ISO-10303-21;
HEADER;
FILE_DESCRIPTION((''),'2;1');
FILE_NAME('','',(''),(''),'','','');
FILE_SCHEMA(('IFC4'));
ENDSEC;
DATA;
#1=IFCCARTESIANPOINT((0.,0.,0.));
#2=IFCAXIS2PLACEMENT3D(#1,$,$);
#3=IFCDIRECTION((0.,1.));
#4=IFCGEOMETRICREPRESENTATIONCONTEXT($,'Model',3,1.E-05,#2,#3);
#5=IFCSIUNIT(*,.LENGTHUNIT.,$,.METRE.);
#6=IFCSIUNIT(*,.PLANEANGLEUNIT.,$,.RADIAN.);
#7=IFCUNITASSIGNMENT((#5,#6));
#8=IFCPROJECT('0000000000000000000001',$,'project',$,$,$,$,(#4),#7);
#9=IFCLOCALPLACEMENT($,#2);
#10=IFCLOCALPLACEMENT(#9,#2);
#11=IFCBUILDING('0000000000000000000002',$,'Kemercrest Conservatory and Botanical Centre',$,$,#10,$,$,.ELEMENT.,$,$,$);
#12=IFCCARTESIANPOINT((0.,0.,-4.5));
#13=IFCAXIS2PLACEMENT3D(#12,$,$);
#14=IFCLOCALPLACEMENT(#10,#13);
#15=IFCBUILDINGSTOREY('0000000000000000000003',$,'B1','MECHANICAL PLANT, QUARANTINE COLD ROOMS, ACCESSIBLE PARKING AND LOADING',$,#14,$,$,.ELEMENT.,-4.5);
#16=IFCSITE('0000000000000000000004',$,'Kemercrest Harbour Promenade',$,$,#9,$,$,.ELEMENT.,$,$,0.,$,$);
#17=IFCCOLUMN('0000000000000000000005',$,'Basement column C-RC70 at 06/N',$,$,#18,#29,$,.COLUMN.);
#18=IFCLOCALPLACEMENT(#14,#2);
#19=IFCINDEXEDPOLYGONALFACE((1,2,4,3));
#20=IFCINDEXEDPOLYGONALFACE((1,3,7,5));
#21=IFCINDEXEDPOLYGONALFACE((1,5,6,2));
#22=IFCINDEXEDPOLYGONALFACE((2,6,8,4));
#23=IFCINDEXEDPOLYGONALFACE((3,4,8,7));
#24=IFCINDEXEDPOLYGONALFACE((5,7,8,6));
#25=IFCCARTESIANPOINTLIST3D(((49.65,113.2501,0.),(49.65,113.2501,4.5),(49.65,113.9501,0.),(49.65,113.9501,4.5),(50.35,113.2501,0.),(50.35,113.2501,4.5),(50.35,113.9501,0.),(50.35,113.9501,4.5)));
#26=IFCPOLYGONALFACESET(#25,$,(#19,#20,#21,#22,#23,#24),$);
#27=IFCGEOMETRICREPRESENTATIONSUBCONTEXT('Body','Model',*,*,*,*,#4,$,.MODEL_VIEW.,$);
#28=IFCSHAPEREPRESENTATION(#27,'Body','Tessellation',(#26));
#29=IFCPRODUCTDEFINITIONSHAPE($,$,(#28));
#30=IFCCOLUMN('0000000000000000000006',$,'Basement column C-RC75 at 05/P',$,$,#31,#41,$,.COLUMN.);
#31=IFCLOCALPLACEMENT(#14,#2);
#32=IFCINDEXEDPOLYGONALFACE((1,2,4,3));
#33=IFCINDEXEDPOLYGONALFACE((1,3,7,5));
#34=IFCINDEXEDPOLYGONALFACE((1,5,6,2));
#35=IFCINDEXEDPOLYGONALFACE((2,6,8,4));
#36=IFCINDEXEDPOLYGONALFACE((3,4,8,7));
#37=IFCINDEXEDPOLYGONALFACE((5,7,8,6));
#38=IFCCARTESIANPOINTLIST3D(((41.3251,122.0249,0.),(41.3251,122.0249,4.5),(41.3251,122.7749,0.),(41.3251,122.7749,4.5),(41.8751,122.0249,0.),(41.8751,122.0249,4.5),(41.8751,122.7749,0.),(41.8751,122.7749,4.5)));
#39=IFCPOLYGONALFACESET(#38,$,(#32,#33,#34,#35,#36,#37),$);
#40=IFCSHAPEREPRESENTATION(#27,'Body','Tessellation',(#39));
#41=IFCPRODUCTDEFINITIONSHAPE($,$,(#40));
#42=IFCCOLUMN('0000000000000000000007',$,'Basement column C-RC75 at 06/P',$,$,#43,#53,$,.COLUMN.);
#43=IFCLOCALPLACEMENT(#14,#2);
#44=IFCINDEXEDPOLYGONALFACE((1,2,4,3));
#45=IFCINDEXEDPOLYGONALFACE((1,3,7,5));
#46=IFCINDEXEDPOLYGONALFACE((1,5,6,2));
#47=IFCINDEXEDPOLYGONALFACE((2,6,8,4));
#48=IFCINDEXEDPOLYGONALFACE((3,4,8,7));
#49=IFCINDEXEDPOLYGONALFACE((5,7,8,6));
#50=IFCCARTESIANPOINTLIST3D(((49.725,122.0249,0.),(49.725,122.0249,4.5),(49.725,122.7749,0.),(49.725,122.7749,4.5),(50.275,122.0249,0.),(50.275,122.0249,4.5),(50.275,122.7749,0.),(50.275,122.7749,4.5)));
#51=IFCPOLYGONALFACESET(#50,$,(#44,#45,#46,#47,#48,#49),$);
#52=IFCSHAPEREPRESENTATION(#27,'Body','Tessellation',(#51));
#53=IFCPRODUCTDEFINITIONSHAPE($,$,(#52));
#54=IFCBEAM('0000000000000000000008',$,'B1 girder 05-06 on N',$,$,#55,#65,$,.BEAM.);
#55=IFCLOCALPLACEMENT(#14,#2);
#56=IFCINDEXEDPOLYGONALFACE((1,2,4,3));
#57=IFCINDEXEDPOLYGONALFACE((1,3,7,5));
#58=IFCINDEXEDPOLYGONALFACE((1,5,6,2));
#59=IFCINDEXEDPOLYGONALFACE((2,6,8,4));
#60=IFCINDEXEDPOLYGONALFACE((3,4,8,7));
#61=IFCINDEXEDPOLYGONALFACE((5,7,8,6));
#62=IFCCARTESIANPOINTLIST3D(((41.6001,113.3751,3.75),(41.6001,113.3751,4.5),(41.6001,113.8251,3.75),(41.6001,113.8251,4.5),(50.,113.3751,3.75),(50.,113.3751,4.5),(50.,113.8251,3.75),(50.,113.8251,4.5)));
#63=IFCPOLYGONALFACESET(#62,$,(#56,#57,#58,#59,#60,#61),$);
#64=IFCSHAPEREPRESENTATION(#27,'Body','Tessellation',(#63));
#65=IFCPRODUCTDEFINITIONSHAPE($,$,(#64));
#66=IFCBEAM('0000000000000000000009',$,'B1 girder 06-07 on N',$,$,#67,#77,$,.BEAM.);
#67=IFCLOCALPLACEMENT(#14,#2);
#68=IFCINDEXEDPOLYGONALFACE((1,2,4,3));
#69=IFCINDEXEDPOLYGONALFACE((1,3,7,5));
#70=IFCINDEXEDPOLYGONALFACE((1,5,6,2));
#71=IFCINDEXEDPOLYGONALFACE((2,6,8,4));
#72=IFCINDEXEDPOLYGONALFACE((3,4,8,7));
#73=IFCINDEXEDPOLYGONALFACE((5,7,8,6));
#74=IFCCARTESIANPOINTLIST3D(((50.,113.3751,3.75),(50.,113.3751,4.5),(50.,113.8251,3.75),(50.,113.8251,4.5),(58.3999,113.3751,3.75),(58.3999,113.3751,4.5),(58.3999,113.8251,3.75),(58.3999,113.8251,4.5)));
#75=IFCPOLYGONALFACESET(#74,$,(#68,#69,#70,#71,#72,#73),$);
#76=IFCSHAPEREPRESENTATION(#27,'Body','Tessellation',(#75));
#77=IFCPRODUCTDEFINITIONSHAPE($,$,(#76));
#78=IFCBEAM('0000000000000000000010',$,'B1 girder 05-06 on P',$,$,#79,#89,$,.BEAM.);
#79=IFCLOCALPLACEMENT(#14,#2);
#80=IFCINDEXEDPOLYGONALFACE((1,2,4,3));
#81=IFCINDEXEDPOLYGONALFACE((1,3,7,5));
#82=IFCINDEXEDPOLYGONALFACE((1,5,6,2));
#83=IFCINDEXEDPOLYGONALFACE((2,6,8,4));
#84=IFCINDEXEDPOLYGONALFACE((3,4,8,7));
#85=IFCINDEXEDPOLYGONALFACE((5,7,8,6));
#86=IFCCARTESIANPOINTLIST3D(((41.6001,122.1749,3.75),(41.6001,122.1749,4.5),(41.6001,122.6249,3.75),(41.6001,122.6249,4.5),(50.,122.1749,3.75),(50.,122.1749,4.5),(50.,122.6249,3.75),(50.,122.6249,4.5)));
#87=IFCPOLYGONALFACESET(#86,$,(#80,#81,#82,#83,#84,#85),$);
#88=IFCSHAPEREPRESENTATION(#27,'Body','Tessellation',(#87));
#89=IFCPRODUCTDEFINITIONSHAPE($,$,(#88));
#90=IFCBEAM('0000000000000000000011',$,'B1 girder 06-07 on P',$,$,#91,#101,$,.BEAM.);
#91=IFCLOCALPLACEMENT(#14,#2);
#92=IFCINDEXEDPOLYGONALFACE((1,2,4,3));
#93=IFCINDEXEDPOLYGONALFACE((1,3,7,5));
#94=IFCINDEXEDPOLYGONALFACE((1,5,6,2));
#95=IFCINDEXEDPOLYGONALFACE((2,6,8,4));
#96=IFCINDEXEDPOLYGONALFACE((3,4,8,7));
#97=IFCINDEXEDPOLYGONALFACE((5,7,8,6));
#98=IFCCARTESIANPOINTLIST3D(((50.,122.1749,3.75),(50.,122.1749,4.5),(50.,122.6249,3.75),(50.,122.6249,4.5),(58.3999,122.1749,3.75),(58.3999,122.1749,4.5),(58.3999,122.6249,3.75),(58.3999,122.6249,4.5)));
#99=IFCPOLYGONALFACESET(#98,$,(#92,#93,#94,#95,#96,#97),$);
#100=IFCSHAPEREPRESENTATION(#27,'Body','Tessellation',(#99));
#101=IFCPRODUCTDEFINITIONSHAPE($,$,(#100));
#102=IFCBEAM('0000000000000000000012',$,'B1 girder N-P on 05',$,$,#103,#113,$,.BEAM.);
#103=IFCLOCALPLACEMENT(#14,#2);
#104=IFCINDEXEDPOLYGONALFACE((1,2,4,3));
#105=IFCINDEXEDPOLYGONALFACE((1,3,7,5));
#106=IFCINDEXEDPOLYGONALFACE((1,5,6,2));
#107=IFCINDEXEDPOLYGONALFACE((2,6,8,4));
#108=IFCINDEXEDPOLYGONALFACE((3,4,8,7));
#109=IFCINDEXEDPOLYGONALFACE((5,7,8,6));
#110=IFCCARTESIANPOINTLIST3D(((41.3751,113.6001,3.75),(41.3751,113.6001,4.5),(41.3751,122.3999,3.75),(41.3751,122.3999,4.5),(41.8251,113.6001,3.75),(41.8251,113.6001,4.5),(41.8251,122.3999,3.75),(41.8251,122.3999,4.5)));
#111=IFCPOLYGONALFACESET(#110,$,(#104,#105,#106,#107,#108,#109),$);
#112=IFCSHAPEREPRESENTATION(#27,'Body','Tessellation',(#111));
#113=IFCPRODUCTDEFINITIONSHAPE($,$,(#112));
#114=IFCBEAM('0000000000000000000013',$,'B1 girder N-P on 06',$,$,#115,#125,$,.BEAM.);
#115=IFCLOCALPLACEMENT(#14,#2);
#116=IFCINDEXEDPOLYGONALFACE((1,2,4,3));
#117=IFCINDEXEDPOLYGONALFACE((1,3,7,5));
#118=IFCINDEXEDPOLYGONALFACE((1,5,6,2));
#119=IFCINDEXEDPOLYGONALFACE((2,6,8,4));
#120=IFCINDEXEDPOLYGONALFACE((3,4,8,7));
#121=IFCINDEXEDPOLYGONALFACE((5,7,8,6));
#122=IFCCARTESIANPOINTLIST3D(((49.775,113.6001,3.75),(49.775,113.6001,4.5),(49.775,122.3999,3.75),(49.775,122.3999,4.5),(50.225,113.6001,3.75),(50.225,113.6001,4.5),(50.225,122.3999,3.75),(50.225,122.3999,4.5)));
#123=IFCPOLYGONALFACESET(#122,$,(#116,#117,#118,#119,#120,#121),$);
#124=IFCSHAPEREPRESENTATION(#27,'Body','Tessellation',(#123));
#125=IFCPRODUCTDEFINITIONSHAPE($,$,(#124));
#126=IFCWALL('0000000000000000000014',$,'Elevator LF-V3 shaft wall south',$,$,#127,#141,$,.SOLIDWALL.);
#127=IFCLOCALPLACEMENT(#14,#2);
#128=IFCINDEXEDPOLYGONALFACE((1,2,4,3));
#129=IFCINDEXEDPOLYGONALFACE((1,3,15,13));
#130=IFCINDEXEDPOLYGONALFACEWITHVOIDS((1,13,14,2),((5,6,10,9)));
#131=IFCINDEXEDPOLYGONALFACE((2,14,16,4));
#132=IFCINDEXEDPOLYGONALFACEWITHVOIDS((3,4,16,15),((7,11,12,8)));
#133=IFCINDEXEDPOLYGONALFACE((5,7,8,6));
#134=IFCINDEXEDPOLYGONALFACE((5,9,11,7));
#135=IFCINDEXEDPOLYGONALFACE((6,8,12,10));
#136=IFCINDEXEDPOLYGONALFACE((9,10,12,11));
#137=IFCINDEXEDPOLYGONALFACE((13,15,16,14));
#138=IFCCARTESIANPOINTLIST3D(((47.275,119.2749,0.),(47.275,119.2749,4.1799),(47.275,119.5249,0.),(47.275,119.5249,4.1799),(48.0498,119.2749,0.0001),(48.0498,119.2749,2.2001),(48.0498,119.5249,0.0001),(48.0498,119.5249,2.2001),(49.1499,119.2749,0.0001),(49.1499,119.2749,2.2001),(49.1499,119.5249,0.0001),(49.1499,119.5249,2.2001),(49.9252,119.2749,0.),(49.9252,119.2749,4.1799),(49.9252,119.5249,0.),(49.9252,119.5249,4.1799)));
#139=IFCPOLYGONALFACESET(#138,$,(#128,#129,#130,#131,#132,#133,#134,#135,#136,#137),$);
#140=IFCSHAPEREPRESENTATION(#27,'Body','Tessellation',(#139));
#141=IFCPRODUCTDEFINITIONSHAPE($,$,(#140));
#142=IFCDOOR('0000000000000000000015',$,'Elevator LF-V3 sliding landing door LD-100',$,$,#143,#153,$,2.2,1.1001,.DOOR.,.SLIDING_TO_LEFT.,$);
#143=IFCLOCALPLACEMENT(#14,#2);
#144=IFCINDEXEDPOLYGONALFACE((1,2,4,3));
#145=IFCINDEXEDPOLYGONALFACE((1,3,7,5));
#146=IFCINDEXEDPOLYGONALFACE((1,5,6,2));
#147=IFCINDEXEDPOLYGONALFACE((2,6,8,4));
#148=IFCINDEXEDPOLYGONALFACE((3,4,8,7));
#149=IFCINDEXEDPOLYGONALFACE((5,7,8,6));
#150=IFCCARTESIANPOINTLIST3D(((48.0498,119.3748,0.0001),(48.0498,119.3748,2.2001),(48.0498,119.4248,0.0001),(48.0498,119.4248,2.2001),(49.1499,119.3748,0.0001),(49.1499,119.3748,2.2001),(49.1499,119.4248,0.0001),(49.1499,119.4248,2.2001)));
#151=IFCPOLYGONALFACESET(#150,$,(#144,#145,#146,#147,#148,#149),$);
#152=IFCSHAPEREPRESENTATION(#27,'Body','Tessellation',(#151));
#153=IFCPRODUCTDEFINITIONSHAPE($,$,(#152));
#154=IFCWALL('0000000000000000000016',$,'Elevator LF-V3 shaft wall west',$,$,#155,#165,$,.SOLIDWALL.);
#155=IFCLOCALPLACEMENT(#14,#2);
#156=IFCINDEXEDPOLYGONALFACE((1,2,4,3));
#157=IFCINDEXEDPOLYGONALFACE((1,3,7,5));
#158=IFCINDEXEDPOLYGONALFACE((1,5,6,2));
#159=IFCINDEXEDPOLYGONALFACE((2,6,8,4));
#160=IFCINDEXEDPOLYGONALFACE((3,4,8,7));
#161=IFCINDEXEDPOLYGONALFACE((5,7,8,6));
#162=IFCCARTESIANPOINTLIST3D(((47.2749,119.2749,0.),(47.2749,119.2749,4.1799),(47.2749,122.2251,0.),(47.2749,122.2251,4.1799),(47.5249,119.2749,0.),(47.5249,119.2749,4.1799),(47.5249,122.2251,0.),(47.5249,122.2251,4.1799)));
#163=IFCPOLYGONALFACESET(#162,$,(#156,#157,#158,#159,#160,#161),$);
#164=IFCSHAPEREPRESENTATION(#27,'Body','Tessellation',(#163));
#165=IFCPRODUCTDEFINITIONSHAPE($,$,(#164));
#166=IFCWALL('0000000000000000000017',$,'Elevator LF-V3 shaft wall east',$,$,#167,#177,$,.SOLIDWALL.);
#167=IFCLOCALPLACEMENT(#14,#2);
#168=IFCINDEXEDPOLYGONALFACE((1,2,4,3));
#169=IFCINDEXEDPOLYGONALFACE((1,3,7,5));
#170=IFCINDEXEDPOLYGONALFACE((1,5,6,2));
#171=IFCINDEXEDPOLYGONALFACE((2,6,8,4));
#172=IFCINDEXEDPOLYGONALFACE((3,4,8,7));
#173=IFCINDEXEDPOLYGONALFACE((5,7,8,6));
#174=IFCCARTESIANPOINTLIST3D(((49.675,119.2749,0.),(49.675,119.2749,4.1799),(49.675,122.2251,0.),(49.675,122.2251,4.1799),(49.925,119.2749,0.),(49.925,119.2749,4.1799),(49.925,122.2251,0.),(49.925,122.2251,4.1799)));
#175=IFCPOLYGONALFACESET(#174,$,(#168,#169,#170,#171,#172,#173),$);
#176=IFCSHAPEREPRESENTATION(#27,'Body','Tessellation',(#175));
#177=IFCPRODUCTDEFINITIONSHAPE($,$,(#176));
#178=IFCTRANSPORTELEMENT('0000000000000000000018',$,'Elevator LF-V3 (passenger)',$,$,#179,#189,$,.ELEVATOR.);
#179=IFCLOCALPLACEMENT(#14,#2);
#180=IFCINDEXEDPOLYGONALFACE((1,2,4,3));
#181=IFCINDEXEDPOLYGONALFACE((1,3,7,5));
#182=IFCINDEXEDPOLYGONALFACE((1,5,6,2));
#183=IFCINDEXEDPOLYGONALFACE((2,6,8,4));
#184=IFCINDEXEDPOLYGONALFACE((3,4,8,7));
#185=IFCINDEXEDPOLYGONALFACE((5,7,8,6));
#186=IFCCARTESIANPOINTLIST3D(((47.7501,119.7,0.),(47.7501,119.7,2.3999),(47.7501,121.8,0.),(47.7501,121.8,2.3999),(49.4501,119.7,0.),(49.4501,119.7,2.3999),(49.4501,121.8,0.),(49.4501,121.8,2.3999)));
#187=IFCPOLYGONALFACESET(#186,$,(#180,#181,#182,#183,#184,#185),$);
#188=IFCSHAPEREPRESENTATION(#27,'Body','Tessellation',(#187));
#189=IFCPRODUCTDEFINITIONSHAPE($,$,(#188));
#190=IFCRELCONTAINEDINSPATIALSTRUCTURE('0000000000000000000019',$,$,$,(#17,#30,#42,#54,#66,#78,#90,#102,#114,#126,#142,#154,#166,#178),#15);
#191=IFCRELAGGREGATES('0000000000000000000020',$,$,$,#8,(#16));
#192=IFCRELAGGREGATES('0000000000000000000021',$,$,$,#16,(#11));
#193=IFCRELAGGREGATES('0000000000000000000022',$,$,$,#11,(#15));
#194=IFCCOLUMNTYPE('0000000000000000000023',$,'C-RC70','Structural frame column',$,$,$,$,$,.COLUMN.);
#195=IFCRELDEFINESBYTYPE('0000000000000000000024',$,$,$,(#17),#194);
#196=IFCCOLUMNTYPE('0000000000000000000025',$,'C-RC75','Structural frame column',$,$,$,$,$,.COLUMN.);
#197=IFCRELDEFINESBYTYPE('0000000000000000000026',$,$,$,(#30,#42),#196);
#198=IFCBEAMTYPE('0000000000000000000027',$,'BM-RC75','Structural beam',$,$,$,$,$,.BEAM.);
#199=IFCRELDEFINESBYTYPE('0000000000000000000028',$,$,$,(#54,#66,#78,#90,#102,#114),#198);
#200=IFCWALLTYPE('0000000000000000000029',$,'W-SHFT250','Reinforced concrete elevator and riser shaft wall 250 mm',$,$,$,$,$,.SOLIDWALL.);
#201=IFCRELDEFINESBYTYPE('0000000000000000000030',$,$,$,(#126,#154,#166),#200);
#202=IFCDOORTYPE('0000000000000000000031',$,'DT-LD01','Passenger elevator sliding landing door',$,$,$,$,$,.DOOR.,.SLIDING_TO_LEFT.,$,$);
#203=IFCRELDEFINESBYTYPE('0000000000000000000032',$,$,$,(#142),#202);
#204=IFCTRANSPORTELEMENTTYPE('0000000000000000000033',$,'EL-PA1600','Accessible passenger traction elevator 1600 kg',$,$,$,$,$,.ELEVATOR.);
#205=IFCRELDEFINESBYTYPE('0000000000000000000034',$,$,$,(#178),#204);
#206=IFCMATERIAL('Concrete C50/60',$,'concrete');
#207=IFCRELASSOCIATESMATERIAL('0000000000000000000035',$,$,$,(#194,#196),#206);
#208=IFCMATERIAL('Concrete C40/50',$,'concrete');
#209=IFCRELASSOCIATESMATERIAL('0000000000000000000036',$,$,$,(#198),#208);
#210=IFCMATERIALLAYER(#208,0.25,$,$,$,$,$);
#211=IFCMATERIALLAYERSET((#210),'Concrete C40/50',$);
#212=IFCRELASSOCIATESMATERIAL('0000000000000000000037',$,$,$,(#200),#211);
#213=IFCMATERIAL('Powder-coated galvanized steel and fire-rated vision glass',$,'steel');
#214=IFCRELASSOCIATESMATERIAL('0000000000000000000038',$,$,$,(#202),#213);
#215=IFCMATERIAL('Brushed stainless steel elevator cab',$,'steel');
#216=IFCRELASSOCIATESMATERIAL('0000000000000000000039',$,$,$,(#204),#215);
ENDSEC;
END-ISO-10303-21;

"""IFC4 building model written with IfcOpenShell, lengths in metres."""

from ifc_helpers import new_model, si_unit, direction, frame, frame_2d, origin, origin_2d, place, context, subcontext, project, spatial, rectangle, extrude, material, layer, layer_set, material_profile, profile_set, type_object, element, fill, save


model = new_model("IFC4")

# Units and contexts
model_context = context("Model", 3, precision=1e-05, world=origin(), true_north=direction((0.0, 1.0)))
body_context = subcontext(model_context, "Body", "Model", "MODEL_VIEW")
ifc_project = project(units=[si_unit("LENGTHUNIT", "METRE"), si_unit("PLANEANGLEUNIT", "RADIAN")], contexts=[model_context])

# Site, building, storey
site_placement = place(None, origin())
site = spatial("IfcSite", under=ifc_project, at=site_placement, Name="Kemercrest Harbour Promenade", CompositionType="ELEMENT", RefElevation=0.0)
building_placement = place(site_placement, origin())
building = spatial("IfcBuilding", under=site, at=building_placement, Name="Kemercrest Conservatory and Botanical Centre", CompositionType="ELEMENT")
storey_placement = place(building_placement, frame((0.0, 0.0, -4.5)))
storey = spatial("IfcBuildingStorey", under=building, at=storey_placement, Name="B1", Description="MECHANICAL PLANT, QUARANTINE COLD ROOMS, ACCESSIBLE PARKING AND LOADING", CompositionType="ELEMENT", Elevation=-4.5)

# Shared definitions
ifc_material_1 = material(Name="Concrete C40/50", Category="concrete")

# Columns
ifc_material_2 = material(Name="Concrete C50/60", Category="concrete")
ifc_material_profile_1 = material_profile(ifc_material_2, rectangle(XDim=0.7, YDim=0.7, at=origin_2d()), Name="RC 700x700")
ifc_profile_set_1 = profile_set([ifc_material_profile_1], Name="Concrete C50/60")
column_type_1 = type_object("IfcColumnType", Name="C-RC70", Description="Structural frame column", PredefinedType="COLUMN", material=ifc_profile_set_1)
for number, where, z_axis, x_axis, name in (
    (1, (50.0, 113.6001, 0.0), (0.0, 0.0, 1.0), (1.0, 0.0, 0.0), "Basement column C-RC70 at 06/N"),
):
    element("IfcColumn", number, at=place(storey_placement, frame(where, z_axis=z_axis, x_axis=x_axis)), inside=storey, type_object=column_type_1, Name=name, PredefinedType="COLUMN", context=body_context, shape_type="SweptSolid", body=[
        extrude(rectangle(XDim=0.7, YDim=0.7, at=origin_2d()), origin(), (0.0, 0.0, 1.0), 4.5),
    ])
ifc_material_profile_2 = material_profile(ifc_material_2, rectangle(XDim=0.55, YDim=0.75, at=origin_2d()), Name="RC 750x550")
ifc_profile_set_2 = profile_set([ifc_material_profile_2], Name="Concrete C50/60")
column_type_2 = type_object("IfcColumnType", Name="C-RC75", Description="Structural frame column", PredefinedType="COLUMN", material=ifc_profile_set_2)
for number, where, z_axis, x_axis, name in (
    (2, (41.6001, 122.3999, 0.0), (0.0, 0.0, 1.0), (1.0, 0.0, 0.0), "Basement column C-RC75 at 05/P"),
    (3, (50.0, 122.3999, 0.0), (0.0, 0.0, 1.0), (1.0, 0.0, 0.0), "Basement column C-RC75 at 06/P"),
):
    element("IfcColumn", number, at=place(storey_placement, frame(where, z_axis=z_axis, x_axis=x_axis)), inside=storey, type_object=column_type_2, Name=name, PredefinedType="COLUMN", context=body_context, shape_type="SweptSolid", body=[
        extrude(rectangle(XDim=0.55, YDim=0.75, at=origin_2d()), origin(), (0.0, 0.0, 1.0), 4.5),
    ])

# Beams
ifc_material_profile_3 = material_profile(ifc_material_1, rectangle(XDim=0.45, YDim=0.75, at=origin_2d()), Name="RC 450x750")
ifc_profile_set_3 = profile_set([ifc_material_profile_3], Name="Concrete C40/50")
beam_type = type_object("IfcBeamType", Name="BM-RC75", Description="Structural beam", PredefinedType="BEAM", material=ifc_profile_set_3)
for number, where, z_axis, x_axis, name in (
    (4, (41.6001, 113.6001, 4.125), (1.0, 0.0, 0.0), (0.0, 1.0, 0.0), "B1 girder 05-06 on N"),
    (5, (50.0, 113.6001, 4.125), (1.0, 0.0, 0.0), (0.0, 1.0, 0.0), "B1 girder 06-07 on N"),
    (6, (41.6001, 122.3999, 4.125), (1.0, 0.0, 0.0), (0.0, 1.0, 0.0), "B1 girder 05-06 on P"),
    (7, (50.0, 122.3999, 4.125), (1.0, 0.0, 0.0), (0.0, 1.0, 0.0), "B1 girder 06-07 on P"),
):
    element("IfcBeam", number, at=place(storey_placement, frame(where, z_axis=z_axis, x_axis=x_axis)), inside=storey, type_object=beam_type, Name=name, PredefinedType="BEAM", context=body_context, shape_type="SweptSolid", body=[
        extrude(rectangle(XDim=0.45, YDim=0.75, at=origin_2d()), origin(), (0.0, 0.0, 1.0), 8.3999),
    ])
for number, where, z_axis, x_axis, name in (
    (8, (41.6001, 113.6001, 4.125), (0.0, 1.0, 0.0), (-1.0, 0.0, 0.0), "B1 girder N-P on 05"),
    (9, (50.0, 113.6001, 4.125), (0.0, 1.0, 0.0), (-1.0, 0.0, 0.0), "B1 girder N-P on 06"),
):
    element("IfcBeam", number, at=place(storey_placement, frame(where, z_axis=z_axis, x_axis=x_axis)), inside=storey, type_object=beam_type, Name=name, PredefinedType="BEAM", context=body_context, shape_type="SweptSolid", body=[
        extrude(rectangle(XDim=0.45, YDim=0.75, at=origin_2d()), origin(), (0.0, 0.0, 1.0), 8.7998),
    ])

# Wall, opening, door
ifc_layer = layer(ifc_material_1, 0.25)
ifc_layer_set = layer_set([ifc_layer], Name="Concrete C40/50")
wall_type = type_object("IfcWallType", Name="W-SHFT250", Description="Reinforced concrete elevator and riser shaft wall 250 mm", PredefinedType="SOLIDWALL", material=ifc_layer_set)
wall_placement = place(storey_placement, frame((47.2749, 119.3999, 0.0), z_axis=(0.0, 0.0, 1.0), x_axis=(1.0, 0.0, 0.0)))
wall = element("IfcWall", 10, at=wall_placement, inside=storey, type_object=wall_type, Name="Elevator LF-V3 shaft wall south", PredefinedType="SOLIDWALL", context=body_context, shape_type="SweptSolid", body=[
    extrude(rectangle(XDim=2.6501, YDim=0.25, at=frame_2d((1.3252, 0.0))), origin(), (0.0, 0.0, 1.0), 4.1799),
])
opening_placement = place(wall_placement, frame((0.7749, 0.0, 0.0)))
opening = element("IfcOpeningElement", 11, at=opening_placement, cuts=wall, PredefinedType="OPENING", context=body_context, shape_type="SweptSolid", body=[
    extrude(rectangle(XDim=1.1001, YDim=2.2, at=frame_2d((0.55, 1.1001))), frame((0.0, 0.135, 0.0), z_axis=(0.0, -1.0, 0.0), x_axis=(1.0, 0.0, 0.0)), (0.0, 0.0, 1.0), 0.27),
])
ifc_material_3 = material(Name="Powder-coated galvanized steel and fire-rated vision glass", Category="steel")
door_type = type_object("IfcDoorType", Name="DT-LD01", Description="Passenger elevator sliding landing door", OperationType="SLIDING_TO_LEFT", PredefinedType="DOOR", material=ifc_material_3)
door_placement = place(opening_placement, origin())
door = element("IfcDoor", 12, at=door_placement, inside=storey, type_object=door_type, Name="Elevator LF-V3 sliding landing door LD-100", OperationType="SLIDING_TO_LEFT", OverallHeight=2.2, OverallWidth=1.1001, PredefinedType="DOOR", context=body_context, shape_type="SweptSolid", body=[
    extrude(rectangle(XDim=1.1001, YDim=2.2, at=frame_2d((0.55, 1.1001))), frame((0.0, 0.0249, 0.0), z_axis=(0.0, -1.0, 0.0), x_axis=(1.0, 0.0, 0.0)), (0.0, 0.0, 1.0), 0.05),
])
fill(opening, door)

# Walls
for number, where, z_axis, x_axis, name in (
    (13, (47.3999, 119.2749, 0.0), (0.0, 0.0, 1.0), (0.0, 1.0, 0.0), "Elevator LF-V3 shaft wall west"),
    (14, (49.8, 119.2749, 0.0), (0.0, 0.0, 1.0), (0.0, 1.0, 0.0), "Elevator LF-V3 shaft wall east"),
):
    element("IfcWall", number, at=place(storey_placement, frame(where, z_axis=z_axis, x_axis=x_axis)), inside=storey, type_object=wall_type, Name=name, PredefinedType="SOLIDWALL", context=body_context, shape_type="SweptSolid", body=[
        extrude(rectangle(XDim=2.9502, YDim=0.25, at=frame_2d((1.4751, 0.0))), origin(), (0.0, 0.0, 1.0), 4.1799),
    ])

# Transport element
ifc_material_4 = material(Name="Brushed stainless steel elevator cab", Category="steel")
transport_element_type = type_object("IfcTransportElementType", Name="EL-PA1600", Description="Accessible passenger traction elevator 1600 kg", PredefinedType="ELEVATOR", material=ifc_material_4)
transport_element_placement = place(storey_placement, frame((48.6001, 120.75, 0.0), z_axis=(0.0, 0.0, 1.0), x_axis=(1.0, 0.0, 0.0)))
element("IfcTransportElement", 15, at=transport_element_placement, inside=storey, type_object=transport_element_type, Name="Elevator LF-V3 (passenger)", PredefinedType="ELEVATOR", context=body_context, shape_type="SweptSolid", body=[
    extrude(rectangle(XDim=1.7, YDim=2.1001, at=origin_2d()), origin(), (0.0, 0.0, 1.0), 2.3999),
])

save(model, "model.ifc")
